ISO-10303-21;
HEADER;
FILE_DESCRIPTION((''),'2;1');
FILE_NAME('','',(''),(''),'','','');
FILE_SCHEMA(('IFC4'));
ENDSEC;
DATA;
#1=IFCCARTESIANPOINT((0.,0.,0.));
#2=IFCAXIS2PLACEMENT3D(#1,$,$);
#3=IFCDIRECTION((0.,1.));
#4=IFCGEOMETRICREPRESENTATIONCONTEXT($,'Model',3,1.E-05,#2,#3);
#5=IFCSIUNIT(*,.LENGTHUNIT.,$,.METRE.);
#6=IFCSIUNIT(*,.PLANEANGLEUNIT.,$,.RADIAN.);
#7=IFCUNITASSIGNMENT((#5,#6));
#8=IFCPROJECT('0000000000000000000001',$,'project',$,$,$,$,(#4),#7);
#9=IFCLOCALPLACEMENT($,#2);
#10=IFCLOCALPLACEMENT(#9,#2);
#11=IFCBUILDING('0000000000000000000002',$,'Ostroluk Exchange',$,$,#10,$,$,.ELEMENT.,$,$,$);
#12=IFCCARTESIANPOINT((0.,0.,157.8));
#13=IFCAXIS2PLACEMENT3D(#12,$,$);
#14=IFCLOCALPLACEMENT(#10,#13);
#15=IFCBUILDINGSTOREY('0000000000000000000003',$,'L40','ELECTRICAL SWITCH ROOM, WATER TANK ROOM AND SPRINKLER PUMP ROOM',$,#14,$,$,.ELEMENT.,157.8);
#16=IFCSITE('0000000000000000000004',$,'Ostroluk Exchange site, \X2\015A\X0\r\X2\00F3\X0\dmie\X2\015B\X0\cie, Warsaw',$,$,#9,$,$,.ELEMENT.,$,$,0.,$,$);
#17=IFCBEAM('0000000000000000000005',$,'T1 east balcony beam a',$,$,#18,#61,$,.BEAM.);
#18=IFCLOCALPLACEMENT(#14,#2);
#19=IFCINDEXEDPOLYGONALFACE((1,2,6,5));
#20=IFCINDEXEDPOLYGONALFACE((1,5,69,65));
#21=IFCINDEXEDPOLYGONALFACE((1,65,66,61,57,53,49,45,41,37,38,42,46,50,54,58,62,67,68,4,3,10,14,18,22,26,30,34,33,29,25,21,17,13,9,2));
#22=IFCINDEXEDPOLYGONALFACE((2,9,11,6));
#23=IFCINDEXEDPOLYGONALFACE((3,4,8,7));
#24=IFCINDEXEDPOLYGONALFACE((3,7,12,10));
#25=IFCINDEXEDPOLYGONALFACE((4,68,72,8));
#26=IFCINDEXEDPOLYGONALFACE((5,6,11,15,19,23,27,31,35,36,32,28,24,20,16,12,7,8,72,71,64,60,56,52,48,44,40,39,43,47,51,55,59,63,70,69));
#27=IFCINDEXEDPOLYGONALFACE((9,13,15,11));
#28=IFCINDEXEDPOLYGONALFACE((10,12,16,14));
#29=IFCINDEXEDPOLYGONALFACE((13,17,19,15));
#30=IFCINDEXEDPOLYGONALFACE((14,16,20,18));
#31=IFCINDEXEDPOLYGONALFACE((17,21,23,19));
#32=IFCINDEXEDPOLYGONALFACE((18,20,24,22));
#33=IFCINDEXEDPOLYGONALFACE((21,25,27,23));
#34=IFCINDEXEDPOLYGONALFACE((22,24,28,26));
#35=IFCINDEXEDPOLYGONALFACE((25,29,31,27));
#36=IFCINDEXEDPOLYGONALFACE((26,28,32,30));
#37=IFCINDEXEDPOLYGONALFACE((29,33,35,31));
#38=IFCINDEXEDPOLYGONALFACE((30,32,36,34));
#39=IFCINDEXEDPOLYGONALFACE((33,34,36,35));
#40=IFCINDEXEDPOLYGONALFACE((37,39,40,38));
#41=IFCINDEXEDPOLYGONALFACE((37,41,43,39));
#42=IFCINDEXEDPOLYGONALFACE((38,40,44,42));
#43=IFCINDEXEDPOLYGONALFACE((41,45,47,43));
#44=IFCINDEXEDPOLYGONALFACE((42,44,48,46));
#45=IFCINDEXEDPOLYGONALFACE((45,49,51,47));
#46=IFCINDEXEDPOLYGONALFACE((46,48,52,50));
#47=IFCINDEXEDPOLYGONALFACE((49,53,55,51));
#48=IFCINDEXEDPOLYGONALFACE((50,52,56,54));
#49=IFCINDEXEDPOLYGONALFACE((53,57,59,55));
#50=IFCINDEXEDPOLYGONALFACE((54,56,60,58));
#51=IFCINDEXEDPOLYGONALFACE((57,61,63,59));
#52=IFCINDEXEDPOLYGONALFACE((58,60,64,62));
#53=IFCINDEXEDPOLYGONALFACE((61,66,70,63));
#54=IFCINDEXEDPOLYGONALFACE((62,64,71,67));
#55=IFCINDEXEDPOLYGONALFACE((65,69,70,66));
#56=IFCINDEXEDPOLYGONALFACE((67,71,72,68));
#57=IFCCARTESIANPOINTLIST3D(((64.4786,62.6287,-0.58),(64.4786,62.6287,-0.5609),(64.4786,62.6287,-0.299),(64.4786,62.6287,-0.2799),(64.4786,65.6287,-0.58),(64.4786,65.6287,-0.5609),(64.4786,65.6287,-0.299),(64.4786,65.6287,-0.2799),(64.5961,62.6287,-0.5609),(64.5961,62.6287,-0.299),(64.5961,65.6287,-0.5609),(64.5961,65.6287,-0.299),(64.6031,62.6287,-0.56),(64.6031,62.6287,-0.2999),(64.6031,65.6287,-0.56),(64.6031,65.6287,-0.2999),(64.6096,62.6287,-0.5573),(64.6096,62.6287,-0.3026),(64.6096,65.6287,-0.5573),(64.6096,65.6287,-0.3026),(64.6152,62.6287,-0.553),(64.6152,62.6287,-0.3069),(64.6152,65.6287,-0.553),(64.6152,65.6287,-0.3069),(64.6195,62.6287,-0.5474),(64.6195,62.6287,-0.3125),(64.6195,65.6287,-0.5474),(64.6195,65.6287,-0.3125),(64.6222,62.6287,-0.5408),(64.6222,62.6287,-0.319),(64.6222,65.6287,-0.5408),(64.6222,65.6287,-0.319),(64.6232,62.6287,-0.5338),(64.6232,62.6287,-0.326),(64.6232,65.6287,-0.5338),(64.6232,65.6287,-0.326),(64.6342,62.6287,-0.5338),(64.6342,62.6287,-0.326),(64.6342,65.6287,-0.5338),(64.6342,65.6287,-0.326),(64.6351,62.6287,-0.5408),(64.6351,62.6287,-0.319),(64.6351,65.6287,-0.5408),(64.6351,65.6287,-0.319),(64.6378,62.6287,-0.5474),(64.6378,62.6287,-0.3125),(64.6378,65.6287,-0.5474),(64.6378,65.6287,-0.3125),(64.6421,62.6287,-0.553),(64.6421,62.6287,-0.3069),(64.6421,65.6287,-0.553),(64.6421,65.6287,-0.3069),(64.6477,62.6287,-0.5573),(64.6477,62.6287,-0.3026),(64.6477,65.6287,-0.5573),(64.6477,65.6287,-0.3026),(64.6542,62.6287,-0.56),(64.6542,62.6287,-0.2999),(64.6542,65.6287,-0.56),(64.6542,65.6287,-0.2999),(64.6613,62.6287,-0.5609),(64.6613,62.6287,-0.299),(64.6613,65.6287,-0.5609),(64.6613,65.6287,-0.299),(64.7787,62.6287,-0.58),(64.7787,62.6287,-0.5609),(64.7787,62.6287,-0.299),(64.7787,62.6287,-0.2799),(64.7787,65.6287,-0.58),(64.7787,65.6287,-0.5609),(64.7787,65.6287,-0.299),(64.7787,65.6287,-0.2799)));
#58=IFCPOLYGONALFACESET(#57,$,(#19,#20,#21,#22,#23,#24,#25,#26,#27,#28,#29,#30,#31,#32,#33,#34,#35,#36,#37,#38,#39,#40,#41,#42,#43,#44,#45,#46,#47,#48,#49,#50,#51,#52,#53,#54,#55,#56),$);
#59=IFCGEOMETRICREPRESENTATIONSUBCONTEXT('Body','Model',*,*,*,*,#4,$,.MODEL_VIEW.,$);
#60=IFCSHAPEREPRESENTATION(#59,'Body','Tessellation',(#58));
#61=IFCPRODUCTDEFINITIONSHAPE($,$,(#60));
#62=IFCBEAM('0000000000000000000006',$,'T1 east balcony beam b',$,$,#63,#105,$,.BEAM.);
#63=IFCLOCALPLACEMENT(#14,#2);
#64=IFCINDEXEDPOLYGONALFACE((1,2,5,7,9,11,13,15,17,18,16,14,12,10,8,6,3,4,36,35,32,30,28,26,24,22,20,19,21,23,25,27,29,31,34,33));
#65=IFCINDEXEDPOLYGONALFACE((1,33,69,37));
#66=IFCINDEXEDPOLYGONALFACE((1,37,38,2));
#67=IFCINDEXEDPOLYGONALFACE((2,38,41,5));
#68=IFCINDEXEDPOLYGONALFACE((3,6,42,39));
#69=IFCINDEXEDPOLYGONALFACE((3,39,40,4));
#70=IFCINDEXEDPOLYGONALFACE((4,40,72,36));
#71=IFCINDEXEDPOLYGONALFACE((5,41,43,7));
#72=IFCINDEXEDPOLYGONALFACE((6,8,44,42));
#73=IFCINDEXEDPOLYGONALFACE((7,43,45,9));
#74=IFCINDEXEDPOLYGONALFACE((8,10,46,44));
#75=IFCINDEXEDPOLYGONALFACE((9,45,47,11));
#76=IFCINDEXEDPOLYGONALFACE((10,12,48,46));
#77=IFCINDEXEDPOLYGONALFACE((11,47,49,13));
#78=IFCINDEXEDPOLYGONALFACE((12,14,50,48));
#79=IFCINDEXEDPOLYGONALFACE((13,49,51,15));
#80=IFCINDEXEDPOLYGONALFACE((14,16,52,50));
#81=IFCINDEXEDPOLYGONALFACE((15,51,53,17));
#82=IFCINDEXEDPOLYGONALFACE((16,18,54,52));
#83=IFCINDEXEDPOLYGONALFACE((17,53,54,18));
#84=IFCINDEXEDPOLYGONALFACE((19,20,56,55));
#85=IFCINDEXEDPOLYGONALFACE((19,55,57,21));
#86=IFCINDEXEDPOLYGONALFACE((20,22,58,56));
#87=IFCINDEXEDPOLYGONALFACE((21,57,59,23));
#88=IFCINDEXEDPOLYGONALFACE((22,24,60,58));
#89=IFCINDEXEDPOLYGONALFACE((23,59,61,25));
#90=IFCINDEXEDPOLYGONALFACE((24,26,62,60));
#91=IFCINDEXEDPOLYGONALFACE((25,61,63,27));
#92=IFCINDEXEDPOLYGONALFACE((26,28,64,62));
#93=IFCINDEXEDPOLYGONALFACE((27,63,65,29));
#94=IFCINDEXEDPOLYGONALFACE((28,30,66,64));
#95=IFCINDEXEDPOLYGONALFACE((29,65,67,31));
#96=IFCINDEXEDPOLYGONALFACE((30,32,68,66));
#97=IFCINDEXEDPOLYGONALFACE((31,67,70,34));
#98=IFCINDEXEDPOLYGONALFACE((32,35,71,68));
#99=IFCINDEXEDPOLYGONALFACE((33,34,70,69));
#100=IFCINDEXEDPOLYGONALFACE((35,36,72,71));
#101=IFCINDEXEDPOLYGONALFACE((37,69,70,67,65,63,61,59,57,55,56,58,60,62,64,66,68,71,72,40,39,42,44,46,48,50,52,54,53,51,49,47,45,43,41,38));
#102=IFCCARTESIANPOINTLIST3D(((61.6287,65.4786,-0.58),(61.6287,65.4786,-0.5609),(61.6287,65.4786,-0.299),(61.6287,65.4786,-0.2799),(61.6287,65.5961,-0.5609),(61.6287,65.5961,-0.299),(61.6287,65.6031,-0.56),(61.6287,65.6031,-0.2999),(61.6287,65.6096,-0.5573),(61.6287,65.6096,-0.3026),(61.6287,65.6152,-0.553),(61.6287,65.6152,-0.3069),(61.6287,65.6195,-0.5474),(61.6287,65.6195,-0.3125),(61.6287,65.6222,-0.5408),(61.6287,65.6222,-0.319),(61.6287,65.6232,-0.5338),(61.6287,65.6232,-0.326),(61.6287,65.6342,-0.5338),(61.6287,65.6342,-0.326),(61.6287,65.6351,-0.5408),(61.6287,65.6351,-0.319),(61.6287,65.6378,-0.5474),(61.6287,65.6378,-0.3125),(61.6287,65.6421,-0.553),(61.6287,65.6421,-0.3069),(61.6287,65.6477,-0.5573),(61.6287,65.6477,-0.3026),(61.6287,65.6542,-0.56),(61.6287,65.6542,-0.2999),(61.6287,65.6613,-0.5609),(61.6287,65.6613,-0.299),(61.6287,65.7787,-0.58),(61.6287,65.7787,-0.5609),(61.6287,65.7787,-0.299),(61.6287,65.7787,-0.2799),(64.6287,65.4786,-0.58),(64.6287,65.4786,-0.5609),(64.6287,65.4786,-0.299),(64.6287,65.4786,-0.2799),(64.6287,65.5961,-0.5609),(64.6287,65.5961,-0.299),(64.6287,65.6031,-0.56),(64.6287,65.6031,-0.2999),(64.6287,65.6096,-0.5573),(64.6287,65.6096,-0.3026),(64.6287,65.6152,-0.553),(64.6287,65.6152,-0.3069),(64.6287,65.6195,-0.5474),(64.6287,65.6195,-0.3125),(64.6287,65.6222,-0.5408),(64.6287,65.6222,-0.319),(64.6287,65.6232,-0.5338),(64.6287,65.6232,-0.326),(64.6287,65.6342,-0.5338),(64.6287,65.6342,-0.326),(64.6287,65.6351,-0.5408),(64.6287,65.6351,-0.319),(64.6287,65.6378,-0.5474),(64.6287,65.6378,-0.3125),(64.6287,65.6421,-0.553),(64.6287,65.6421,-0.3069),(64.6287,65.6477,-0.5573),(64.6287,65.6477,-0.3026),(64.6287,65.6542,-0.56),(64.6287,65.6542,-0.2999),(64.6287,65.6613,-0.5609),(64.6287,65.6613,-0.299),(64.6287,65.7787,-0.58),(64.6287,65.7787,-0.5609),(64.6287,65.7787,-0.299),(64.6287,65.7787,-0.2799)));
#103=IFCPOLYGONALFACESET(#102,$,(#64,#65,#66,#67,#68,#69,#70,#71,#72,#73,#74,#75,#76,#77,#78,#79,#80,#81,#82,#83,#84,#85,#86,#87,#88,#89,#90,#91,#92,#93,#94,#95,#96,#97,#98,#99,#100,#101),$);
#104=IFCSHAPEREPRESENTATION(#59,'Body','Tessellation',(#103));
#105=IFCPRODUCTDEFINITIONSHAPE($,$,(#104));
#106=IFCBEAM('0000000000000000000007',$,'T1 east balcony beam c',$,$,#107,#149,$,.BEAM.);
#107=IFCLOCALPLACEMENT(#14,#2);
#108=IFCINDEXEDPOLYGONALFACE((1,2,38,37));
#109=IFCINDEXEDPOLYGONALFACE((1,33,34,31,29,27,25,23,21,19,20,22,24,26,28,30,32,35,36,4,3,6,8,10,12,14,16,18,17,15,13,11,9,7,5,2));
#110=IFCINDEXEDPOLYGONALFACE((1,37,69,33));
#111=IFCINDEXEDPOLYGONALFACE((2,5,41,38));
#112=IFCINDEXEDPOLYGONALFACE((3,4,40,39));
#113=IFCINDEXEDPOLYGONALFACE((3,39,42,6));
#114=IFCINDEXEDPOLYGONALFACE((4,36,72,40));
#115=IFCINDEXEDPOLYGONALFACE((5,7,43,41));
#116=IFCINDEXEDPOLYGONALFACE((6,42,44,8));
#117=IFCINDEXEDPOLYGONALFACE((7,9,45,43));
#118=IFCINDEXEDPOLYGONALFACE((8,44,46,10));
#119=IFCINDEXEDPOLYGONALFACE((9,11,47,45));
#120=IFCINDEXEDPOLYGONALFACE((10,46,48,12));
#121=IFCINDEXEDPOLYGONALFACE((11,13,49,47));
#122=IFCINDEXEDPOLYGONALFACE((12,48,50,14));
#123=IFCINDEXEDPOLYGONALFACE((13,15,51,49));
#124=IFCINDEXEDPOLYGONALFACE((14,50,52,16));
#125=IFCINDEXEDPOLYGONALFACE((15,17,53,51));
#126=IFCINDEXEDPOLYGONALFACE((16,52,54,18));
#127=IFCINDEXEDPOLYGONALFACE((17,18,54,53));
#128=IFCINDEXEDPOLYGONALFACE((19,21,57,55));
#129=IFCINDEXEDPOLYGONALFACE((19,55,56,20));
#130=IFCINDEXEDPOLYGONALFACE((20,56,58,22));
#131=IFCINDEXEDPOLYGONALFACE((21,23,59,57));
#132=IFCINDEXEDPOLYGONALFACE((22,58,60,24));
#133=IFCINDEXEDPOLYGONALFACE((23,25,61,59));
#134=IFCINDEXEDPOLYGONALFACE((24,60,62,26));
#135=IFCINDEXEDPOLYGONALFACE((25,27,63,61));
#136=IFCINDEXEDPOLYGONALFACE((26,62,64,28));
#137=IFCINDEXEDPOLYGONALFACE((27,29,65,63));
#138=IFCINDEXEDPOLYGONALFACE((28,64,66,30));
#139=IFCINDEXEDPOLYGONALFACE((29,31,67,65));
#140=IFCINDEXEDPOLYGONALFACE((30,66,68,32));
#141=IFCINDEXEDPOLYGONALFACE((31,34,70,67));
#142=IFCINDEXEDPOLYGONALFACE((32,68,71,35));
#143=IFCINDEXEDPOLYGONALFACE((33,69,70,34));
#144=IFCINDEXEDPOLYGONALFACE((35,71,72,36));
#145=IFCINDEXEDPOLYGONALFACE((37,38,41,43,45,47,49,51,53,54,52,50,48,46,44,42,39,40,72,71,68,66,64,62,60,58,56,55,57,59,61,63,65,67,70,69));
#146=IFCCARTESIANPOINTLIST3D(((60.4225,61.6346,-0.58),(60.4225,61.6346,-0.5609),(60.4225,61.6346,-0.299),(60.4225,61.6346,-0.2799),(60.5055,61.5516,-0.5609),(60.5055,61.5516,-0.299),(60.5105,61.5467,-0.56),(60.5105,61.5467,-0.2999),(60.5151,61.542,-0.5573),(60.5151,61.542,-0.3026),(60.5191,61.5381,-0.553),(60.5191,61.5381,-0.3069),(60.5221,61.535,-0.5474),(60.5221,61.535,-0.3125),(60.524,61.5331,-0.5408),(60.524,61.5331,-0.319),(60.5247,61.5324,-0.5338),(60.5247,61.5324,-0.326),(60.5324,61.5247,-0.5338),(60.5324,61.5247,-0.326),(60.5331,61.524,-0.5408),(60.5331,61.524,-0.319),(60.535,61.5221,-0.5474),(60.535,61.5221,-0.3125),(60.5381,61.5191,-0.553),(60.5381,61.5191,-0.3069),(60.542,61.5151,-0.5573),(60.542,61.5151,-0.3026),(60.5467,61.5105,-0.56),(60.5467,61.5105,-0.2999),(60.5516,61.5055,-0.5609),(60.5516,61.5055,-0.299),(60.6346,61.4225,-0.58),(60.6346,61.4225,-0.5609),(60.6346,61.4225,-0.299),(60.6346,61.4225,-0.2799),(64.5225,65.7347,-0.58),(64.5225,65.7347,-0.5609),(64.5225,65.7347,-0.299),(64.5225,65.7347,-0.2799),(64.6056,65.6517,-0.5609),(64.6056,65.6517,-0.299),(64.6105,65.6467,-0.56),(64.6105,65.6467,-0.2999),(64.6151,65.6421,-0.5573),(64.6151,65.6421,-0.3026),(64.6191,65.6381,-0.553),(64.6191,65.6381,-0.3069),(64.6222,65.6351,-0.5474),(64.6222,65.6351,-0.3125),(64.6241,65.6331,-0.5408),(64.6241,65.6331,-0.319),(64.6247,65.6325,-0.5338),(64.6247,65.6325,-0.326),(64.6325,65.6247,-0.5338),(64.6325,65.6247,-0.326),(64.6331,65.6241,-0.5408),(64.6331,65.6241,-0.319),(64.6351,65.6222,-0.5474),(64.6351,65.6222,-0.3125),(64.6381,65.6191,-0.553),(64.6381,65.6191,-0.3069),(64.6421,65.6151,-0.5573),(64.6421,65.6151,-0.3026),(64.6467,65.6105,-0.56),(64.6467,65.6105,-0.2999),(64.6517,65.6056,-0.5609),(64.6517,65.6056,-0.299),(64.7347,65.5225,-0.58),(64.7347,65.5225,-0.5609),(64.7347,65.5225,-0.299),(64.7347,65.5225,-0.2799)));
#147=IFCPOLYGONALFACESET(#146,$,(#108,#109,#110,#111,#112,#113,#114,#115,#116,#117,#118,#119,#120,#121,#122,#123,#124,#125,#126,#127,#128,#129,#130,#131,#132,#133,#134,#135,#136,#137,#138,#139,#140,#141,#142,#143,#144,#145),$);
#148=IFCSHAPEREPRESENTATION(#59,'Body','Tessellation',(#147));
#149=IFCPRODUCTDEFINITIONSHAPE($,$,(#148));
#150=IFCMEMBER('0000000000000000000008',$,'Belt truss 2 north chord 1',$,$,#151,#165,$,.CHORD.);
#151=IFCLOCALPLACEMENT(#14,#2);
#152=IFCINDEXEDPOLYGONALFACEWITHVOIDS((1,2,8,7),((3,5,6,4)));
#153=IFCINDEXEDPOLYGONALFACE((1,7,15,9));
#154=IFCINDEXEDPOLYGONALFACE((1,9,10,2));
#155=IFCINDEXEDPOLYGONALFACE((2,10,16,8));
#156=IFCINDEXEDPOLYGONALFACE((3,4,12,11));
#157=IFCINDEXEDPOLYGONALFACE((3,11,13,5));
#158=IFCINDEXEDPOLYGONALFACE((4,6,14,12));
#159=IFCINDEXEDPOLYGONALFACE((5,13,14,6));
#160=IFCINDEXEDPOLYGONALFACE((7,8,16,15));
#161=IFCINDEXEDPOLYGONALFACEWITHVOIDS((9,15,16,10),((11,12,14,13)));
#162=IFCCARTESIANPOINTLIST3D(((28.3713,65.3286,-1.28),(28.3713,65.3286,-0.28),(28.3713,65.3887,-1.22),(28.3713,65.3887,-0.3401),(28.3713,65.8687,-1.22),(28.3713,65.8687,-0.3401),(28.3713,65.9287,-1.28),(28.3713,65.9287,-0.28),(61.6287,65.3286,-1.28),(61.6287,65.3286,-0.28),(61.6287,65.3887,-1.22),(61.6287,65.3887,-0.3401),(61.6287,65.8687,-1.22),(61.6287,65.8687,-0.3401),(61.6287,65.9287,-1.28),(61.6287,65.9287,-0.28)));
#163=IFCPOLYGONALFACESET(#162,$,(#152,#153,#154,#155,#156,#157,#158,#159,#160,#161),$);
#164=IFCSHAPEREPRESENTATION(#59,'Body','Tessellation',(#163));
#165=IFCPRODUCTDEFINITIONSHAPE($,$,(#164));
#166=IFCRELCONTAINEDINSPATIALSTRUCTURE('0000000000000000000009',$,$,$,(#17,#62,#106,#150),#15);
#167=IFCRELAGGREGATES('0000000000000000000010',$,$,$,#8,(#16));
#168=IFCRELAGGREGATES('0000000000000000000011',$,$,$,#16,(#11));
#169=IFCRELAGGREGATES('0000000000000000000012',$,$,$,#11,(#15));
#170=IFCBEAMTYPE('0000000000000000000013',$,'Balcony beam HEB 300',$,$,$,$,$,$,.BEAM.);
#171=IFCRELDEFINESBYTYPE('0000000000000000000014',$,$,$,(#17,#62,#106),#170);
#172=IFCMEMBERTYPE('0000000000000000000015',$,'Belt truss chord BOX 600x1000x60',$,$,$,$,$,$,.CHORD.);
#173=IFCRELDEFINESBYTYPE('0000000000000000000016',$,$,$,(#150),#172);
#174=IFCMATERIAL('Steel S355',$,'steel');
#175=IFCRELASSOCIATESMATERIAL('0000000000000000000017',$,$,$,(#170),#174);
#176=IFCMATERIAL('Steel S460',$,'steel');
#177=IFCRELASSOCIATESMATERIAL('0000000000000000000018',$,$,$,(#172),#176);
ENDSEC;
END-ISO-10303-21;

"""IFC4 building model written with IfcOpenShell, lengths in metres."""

from ifc_helpers import new_model, si_unit, direction, frame, origin, origin_2d, place, context, subcontext, project, spatial, hollow_rectangle, i_section, extrude, material, material_profile, profile_set, type_object, element, save


model = new_model("IFC4")

# Units and contexts
model_context = context("Model", 3, precision=1e-05, world=origin(), true_north=direction((0.0, 1.0)))
body_context = subcontext(model_context, "Body", "Model", "MODEL_VIEW")
ifc_project = project(units=[si_unit("LENGTHUNIT", "METRE"), si_unit("PLANEANGLEUNIT", "RADIAN")], contexts=[model_context])

# Site, building, storey
site_placement = place(None, origin())
site = spatial("IfcSite", under=ifc_project, at=site_placement, Name="Ostroluk Exchange site, Śródmieście, Warsaw", CompositionType="ELEMENT", RefElevation=0.0)
building_placement = place(site_placement, origin())
building = spatial("IfcBuilding", under=site, at=building_placement, Name="Ostroluk Exchange", CompositionType="ELEMENT")
storey_placement = place(building_placement, frame((0.0, 0.0, 157.8)))
storey = spatial("IfcBuildingStorey", under=building, at=storey_placement, Name="L40", Description="ELECTRICAL SWITCH ROOM, WATER TANK ROOM AND SPRINKLER PUMP ROOM", CompositionType="ELEMENT", Elevation=157.8)

# Beams
ifc_material_1 = material(Name="Steel S355", Category="steel")
ifc_material_profile_1 = material_profile(ifc_material_1, i_section(OverallWidth=0.3, OverallDepth=0.3, WebThickness=0.011, FlangeThickness=0.019, FilletRadius=0.0271, at=origin_2d()), Name="HEB 300")
ifc_profile_set_1 = profile_set([ifc_material_profile_1], Name="Steel S355")
beam_type = type_object("IfcBeamType", Name="Balcony beam HEB 300", PredefinedType="BEAM", material=ifc_profile_set_1)
for number, where, z_axis, x_axis, name in (
    (1, (64.6287, 62.6287, -0.4299), (0.0, 1.0, 0.0), (-1.0, 0.0, 0.0), "T1 east balcony beam a"),
    (2, (61.6287, 65.6287, -0.4299), (1.0, 0.0, 0.0), (0.0, 1.0, 0.0), "T1 east balcony beam b"),
):
    element("IfcBeam", number, at=place(storey_placement, frame(where, z_axis=z_axis, x_axis=x_axis)), inside=storey, type_object=beam_type, Name=name, PredefinedType="BEAM", context=body_context, shape_type="SweptSolid", body=[
        extrude(i_section(OverallWidth=0.3, OverallDepth=0.3, WebThickness=0.011, FlangeThickness=0.019, FilletRadius=0.0271, at=origin_2d()), origin(), (0.0, 0.0, 1.0), 3.0),
    ])
beam_placement = place(storey_placement, frame((60.5286, 61.5286, -0.4299), z_axis=(0.707107, 0.707107, 0.0), x_axis=(-0.707107, 0.707107, 0.0)))
element("IfcBeam", 3, at=beam_placement, inside=storey, type_object=beam_type, Name="T1 east balcony beam c", PredefinedType="BEAM", context=body_context, shape_type="SweptSolid", body=[
    extrude(i_section(OverallWidth=0.3, OverallDepth=0.3, WebThickness=0.011, FlangeThickness=0.019, FilletRadius=0.0271, at=origin_2d()), origin(), (0.0, 0.0, 1.0), 5.7983),
])

# Member
ifc_material_2 = material(Name="Steel S460", Category="steel")
ifc_material_profile_2 = material_profile(ifc_material_2, hollow_rectangle(XDim=0.6001, YDim=1.0, WallThickness=0.0601, at=origin_2d()), Name="BOX 600x1000x60")
ifc_profile_set_2 = profile_set([ifc_material_profile_2], Name="Steel S460")
member_type_1 = type_object("IfcMemberType", Name="Belt truss chord BOX 600x1000x60", PredefinedType="CHORD", material=ifc_profile_set_2)
member_1_placement = place(storey_placement, frame((61.6287, 65.6287, -0.78), z_axis=(-1.0, 0.0, 0.0), x_axis=(0.0, -1.0, 0.0)))
element("IfcMember", 4, at=member_1_placement, inside=storey, type_object=member_type_1, Name="Belt truss 2 north chord 1", PredefinedType="CHORD", context=body_context, shape_type="SweptSolid", body=[
    extrude(hollow_rectangle(XDim=0.6001, YDim=1.0, WallThickness=0.0601, at=origin_2d()), origin(), (0.0, 0.0, 1.0), 33.2573),
])

save(model, "model.ifc")
